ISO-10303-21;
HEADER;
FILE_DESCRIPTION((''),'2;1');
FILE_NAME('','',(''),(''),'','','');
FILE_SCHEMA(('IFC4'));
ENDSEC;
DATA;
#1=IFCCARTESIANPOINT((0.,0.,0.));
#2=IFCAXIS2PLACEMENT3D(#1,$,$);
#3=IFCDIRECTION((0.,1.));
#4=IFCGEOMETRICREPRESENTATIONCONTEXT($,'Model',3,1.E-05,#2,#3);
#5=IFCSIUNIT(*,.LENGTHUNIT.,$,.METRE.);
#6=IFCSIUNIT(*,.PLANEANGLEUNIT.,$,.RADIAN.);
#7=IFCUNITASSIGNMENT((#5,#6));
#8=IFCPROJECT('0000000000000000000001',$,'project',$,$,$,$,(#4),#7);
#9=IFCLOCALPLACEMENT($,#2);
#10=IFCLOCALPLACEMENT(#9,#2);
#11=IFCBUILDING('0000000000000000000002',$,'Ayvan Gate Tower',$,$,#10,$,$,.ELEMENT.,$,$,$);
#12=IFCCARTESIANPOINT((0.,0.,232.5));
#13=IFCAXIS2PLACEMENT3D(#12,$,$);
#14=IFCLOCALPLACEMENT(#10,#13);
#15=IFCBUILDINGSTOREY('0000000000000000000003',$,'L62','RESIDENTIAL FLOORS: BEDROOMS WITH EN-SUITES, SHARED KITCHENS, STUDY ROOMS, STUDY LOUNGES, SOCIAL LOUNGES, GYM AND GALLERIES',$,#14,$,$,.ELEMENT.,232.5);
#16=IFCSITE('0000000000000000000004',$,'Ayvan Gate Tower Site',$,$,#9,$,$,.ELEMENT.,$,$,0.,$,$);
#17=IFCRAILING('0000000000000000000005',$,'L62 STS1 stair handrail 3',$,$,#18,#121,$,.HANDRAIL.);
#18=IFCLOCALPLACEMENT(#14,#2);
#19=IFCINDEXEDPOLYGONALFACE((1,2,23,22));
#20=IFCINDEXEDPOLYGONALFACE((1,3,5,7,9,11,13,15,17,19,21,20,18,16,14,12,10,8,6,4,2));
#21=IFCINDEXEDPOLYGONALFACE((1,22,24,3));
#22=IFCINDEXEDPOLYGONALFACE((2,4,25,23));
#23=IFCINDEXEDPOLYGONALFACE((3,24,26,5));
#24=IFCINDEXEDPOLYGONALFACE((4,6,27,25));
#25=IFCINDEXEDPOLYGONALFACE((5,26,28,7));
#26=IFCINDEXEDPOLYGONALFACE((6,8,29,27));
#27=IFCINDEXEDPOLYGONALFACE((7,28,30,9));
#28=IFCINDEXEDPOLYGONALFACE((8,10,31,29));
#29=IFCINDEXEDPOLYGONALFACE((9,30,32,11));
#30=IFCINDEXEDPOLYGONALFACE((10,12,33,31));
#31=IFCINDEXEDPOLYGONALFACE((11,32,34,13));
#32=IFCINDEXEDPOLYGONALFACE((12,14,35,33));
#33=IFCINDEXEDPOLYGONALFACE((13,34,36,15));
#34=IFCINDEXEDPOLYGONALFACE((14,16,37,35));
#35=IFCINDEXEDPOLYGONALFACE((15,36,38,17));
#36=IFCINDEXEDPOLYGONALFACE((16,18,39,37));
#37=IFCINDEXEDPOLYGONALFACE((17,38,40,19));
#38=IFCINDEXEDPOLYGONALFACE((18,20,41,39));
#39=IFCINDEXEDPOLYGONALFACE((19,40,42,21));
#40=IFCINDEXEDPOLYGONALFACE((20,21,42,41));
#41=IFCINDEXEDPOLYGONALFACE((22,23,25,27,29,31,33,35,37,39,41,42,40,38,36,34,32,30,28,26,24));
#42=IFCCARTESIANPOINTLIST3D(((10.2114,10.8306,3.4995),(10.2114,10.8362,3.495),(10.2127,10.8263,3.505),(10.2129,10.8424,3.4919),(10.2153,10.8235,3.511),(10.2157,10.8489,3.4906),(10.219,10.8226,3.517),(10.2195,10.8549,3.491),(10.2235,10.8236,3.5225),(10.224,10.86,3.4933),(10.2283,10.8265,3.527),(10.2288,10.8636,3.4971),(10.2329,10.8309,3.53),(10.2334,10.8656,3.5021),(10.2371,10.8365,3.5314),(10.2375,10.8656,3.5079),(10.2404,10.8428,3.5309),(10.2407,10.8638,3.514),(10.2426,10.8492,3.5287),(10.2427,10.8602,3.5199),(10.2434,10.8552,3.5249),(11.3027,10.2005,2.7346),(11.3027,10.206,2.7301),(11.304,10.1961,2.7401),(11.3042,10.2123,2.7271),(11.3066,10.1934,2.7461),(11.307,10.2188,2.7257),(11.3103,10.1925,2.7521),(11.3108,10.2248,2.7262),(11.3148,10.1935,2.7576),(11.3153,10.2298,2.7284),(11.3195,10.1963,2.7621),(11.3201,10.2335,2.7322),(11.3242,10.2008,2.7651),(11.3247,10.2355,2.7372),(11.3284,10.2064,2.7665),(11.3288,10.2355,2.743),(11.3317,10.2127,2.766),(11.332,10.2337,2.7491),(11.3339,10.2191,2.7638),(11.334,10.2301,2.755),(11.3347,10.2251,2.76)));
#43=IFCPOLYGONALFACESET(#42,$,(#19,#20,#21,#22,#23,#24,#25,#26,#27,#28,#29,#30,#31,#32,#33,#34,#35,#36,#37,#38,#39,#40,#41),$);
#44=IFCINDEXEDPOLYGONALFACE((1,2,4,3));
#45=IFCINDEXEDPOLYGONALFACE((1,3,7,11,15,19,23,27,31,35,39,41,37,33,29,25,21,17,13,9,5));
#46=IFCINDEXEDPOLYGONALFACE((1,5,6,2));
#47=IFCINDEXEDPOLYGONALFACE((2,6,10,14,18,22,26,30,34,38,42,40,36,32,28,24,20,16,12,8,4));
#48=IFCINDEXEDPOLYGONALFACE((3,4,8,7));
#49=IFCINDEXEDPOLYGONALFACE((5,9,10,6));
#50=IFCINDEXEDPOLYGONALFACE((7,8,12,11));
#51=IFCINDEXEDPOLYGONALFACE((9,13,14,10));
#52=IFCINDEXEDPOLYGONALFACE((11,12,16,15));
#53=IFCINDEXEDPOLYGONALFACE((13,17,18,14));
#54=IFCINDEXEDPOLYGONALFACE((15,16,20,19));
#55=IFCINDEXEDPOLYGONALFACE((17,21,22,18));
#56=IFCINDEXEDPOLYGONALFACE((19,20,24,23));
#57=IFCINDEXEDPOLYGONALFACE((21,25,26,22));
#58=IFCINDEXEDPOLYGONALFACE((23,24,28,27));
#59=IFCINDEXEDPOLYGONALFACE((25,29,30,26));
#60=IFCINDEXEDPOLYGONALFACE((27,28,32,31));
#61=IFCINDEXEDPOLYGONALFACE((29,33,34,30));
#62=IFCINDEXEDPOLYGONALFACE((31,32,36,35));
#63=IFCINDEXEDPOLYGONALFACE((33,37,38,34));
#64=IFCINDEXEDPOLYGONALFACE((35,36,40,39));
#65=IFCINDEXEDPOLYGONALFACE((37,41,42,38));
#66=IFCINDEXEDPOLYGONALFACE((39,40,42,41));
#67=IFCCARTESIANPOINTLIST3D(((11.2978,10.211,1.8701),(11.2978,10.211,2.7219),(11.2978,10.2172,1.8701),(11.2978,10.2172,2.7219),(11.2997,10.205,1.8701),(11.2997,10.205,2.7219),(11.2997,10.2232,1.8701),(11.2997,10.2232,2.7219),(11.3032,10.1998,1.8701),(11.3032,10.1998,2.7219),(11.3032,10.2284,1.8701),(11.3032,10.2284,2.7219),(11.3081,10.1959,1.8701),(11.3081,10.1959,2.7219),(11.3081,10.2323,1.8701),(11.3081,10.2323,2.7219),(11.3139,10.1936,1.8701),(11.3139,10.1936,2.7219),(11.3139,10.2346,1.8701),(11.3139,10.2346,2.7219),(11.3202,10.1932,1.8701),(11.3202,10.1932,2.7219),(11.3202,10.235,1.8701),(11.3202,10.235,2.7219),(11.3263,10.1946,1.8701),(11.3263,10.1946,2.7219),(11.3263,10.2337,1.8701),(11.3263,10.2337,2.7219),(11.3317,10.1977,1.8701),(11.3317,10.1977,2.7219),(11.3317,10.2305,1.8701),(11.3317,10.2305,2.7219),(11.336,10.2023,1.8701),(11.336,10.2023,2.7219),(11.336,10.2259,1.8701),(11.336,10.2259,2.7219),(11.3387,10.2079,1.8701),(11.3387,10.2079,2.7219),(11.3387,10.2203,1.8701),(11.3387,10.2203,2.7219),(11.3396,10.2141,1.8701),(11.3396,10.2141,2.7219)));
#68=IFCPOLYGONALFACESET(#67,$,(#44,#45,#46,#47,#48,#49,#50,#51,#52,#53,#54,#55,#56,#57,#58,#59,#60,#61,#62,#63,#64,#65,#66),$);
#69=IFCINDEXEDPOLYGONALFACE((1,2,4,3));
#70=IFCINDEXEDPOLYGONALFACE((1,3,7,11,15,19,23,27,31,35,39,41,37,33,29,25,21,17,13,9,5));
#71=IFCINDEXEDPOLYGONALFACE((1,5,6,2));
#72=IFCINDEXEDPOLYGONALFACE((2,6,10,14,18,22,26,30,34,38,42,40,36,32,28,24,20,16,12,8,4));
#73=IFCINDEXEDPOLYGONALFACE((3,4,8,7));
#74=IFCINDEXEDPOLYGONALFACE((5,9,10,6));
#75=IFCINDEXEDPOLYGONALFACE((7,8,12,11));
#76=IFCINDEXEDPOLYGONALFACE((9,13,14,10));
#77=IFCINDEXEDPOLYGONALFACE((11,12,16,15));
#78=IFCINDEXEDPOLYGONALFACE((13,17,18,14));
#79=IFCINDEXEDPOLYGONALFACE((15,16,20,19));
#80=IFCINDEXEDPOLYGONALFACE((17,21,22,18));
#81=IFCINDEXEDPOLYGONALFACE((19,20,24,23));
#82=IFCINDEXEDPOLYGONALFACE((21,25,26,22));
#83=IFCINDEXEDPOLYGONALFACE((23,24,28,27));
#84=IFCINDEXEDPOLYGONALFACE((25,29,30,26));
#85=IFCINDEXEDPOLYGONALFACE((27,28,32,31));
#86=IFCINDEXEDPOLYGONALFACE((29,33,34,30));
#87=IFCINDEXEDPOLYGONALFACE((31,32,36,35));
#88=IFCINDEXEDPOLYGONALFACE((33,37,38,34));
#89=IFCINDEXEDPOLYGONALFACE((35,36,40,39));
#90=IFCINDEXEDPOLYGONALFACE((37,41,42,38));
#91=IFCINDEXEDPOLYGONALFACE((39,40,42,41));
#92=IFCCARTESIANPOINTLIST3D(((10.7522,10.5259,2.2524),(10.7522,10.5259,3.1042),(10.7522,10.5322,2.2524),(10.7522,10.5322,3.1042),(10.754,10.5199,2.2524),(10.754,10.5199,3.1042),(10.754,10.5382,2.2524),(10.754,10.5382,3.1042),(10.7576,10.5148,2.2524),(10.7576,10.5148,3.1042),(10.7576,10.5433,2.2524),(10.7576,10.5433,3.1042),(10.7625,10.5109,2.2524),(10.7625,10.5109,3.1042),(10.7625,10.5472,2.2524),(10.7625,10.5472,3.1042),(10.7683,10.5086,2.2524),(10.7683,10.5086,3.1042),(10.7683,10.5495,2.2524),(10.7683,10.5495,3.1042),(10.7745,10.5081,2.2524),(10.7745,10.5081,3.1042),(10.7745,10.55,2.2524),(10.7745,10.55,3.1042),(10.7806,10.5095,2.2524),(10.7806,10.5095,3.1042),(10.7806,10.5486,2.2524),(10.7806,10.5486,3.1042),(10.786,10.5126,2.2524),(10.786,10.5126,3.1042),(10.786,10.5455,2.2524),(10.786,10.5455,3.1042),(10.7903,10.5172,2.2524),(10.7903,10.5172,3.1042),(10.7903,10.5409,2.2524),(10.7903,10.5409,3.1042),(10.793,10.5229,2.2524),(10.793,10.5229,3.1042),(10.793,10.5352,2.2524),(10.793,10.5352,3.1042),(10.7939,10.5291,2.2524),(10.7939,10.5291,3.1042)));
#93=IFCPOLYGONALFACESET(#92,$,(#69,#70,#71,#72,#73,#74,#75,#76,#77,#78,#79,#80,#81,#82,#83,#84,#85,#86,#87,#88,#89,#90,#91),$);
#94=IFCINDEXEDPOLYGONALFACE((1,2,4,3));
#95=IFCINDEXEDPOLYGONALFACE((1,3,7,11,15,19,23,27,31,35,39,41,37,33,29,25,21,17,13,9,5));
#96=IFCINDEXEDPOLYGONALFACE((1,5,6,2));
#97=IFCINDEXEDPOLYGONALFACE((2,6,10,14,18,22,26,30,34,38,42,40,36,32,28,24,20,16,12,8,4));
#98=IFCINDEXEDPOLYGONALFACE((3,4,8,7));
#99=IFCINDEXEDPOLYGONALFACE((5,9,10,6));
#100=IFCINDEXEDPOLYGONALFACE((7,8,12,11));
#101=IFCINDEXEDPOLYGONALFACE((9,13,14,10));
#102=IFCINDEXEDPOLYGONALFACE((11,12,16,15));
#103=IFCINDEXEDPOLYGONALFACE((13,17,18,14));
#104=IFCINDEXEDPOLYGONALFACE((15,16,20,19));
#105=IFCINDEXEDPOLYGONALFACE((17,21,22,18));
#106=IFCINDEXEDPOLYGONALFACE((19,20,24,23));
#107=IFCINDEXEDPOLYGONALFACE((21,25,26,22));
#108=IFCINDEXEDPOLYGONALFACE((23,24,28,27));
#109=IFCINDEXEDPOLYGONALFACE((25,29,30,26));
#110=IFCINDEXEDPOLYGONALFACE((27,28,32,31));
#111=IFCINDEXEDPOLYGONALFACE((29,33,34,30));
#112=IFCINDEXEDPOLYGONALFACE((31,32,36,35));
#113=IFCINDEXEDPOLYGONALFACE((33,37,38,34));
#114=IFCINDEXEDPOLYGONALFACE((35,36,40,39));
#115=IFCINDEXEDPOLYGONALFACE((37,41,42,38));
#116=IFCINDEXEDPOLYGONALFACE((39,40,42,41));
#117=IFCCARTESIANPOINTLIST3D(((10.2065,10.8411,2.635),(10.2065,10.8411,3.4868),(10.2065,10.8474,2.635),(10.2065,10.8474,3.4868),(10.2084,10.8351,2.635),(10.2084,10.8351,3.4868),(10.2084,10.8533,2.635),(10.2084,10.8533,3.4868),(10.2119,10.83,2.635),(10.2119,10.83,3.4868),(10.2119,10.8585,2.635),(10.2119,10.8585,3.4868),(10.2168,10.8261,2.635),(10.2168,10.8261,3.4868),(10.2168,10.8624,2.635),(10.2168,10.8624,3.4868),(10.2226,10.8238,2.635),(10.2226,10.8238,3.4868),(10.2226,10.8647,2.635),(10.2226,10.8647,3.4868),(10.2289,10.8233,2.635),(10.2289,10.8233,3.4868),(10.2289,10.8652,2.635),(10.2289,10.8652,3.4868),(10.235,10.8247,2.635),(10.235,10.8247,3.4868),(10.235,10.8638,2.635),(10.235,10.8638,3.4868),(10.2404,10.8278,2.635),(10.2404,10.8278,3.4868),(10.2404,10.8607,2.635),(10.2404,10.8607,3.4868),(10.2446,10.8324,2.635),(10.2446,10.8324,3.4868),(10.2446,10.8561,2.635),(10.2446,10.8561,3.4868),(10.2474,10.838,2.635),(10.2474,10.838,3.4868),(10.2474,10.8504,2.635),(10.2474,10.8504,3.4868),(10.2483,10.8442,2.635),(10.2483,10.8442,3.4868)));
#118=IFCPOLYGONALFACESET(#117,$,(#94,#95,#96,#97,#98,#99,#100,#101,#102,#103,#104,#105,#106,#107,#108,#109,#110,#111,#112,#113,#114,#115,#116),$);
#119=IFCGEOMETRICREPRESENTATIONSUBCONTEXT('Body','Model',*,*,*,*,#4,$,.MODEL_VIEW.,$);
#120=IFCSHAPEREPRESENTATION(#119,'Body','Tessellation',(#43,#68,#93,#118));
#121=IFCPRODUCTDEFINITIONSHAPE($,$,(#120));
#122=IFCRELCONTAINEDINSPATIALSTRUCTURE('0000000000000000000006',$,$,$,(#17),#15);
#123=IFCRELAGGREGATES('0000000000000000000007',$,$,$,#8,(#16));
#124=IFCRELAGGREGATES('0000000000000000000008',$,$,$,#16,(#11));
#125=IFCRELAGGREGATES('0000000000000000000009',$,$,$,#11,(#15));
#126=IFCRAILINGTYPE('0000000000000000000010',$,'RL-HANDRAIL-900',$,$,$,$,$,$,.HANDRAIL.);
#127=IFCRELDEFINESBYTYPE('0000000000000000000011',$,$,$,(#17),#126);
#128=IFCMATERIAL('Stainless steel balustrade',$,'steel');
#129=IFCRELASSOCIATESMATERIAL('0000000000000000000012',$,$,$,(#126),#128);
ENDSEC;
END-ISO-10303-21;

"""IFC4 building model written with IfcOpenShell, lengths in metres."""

from ifc_helpers import new_model, si_unit, direction, frame, origin, origin_2d, place, context, subcontext, project, spatial, circle, extrude, material, type_object, element, save


model = new_model("IFC4")

# Units and contexts
model_context = context("Model", 3, precision=1e-05, world=origin(), true_north=direction((0.0, 1.0)))
body_context = subcontext(model_context, "Body", "Model", "MODEL_VIEW")
ifc_project = project(units=[si_unit("LENGTHUNIT", "METRE"), si_unit("PLANEANGLEUNIT", "RADIAN")], contexts=[model_context])

# Site, building, storey
site_placement = place(None, origin())
site = spatial("IfcSite", under=ifc_project, at=site_placement, Name="Ayvan Gate Tower Site", CompositionType="ELEMENT", RefElevation=0.0)
building_placement = place(site_placement, origin())
building = spatial("IfcBuilding", under=site, at=building_placement, Name="Ayvan Gate Tower", CompositionType="ELEMENT")
storey_placement = place(building_placement, frame((0.0, 0.0, 232.5)))
storey = spatial("IfcBuildingStorey", under=building, at=storey_placement, Name="L62", Description="RESIDENTIAL FLOORS: BEDROOMS WITH EN-SUITES, SHARED KITCHENS, STUDY ROOMS, STUDY LOUNGES, SOCIAL LOUNGES, GYM AND GALLERIES", CompositionType="ELEMENT", Elevation=232.5)

# Railing
ifc_material_1 = material(Name="Stainless steel balustrade", Category="steel")
railing_type_1 = type_object("IfcRailingType", Name="RL-HANDRAIL-900", PredefinedType="HANDRAIL", material=ifc_material_1)
railing_1_placement = place(storey_placement, frame((11.3186, 10.2141, 1.8701)))
element("IfcRailing", 1, at=railing_1_placement, inside=storey, type_object=railing_type_1, Name="L62 STS1 stair handrail 3", PredefinedType="HANDRAIL", context=body_context, shape_type="SweptSolid", body=[
    extrude(circle(Radius=0.0239, at=origin_2d()), frame((0.0, 0.0, 0.876), z_axis=(-0.740304, 0.427455, 0.518875), x_axis=(-0.500035, -0.866005, 0.0)), (0.0, 0.0, 1.0), 1.4741),
    extrude(circle(Radius=0.021, at=origin_2d()), origin(), (0.0, 0.0, 1.0), 0.8518),
    extrude(circle(Radius=0.021, at=origin_2d()), frame((-0.5457, 0.3149, 0.3823)), (0.0, 0.0, 1.0), 0.8518),
    extrude(circle(Radius=0.021, at=origin_2d()), frame((-1.0913, 0.6301, 0.7649)), (0.0, 0.0, 1.0), 0.8518),
])

save(model, "model.ifc")
